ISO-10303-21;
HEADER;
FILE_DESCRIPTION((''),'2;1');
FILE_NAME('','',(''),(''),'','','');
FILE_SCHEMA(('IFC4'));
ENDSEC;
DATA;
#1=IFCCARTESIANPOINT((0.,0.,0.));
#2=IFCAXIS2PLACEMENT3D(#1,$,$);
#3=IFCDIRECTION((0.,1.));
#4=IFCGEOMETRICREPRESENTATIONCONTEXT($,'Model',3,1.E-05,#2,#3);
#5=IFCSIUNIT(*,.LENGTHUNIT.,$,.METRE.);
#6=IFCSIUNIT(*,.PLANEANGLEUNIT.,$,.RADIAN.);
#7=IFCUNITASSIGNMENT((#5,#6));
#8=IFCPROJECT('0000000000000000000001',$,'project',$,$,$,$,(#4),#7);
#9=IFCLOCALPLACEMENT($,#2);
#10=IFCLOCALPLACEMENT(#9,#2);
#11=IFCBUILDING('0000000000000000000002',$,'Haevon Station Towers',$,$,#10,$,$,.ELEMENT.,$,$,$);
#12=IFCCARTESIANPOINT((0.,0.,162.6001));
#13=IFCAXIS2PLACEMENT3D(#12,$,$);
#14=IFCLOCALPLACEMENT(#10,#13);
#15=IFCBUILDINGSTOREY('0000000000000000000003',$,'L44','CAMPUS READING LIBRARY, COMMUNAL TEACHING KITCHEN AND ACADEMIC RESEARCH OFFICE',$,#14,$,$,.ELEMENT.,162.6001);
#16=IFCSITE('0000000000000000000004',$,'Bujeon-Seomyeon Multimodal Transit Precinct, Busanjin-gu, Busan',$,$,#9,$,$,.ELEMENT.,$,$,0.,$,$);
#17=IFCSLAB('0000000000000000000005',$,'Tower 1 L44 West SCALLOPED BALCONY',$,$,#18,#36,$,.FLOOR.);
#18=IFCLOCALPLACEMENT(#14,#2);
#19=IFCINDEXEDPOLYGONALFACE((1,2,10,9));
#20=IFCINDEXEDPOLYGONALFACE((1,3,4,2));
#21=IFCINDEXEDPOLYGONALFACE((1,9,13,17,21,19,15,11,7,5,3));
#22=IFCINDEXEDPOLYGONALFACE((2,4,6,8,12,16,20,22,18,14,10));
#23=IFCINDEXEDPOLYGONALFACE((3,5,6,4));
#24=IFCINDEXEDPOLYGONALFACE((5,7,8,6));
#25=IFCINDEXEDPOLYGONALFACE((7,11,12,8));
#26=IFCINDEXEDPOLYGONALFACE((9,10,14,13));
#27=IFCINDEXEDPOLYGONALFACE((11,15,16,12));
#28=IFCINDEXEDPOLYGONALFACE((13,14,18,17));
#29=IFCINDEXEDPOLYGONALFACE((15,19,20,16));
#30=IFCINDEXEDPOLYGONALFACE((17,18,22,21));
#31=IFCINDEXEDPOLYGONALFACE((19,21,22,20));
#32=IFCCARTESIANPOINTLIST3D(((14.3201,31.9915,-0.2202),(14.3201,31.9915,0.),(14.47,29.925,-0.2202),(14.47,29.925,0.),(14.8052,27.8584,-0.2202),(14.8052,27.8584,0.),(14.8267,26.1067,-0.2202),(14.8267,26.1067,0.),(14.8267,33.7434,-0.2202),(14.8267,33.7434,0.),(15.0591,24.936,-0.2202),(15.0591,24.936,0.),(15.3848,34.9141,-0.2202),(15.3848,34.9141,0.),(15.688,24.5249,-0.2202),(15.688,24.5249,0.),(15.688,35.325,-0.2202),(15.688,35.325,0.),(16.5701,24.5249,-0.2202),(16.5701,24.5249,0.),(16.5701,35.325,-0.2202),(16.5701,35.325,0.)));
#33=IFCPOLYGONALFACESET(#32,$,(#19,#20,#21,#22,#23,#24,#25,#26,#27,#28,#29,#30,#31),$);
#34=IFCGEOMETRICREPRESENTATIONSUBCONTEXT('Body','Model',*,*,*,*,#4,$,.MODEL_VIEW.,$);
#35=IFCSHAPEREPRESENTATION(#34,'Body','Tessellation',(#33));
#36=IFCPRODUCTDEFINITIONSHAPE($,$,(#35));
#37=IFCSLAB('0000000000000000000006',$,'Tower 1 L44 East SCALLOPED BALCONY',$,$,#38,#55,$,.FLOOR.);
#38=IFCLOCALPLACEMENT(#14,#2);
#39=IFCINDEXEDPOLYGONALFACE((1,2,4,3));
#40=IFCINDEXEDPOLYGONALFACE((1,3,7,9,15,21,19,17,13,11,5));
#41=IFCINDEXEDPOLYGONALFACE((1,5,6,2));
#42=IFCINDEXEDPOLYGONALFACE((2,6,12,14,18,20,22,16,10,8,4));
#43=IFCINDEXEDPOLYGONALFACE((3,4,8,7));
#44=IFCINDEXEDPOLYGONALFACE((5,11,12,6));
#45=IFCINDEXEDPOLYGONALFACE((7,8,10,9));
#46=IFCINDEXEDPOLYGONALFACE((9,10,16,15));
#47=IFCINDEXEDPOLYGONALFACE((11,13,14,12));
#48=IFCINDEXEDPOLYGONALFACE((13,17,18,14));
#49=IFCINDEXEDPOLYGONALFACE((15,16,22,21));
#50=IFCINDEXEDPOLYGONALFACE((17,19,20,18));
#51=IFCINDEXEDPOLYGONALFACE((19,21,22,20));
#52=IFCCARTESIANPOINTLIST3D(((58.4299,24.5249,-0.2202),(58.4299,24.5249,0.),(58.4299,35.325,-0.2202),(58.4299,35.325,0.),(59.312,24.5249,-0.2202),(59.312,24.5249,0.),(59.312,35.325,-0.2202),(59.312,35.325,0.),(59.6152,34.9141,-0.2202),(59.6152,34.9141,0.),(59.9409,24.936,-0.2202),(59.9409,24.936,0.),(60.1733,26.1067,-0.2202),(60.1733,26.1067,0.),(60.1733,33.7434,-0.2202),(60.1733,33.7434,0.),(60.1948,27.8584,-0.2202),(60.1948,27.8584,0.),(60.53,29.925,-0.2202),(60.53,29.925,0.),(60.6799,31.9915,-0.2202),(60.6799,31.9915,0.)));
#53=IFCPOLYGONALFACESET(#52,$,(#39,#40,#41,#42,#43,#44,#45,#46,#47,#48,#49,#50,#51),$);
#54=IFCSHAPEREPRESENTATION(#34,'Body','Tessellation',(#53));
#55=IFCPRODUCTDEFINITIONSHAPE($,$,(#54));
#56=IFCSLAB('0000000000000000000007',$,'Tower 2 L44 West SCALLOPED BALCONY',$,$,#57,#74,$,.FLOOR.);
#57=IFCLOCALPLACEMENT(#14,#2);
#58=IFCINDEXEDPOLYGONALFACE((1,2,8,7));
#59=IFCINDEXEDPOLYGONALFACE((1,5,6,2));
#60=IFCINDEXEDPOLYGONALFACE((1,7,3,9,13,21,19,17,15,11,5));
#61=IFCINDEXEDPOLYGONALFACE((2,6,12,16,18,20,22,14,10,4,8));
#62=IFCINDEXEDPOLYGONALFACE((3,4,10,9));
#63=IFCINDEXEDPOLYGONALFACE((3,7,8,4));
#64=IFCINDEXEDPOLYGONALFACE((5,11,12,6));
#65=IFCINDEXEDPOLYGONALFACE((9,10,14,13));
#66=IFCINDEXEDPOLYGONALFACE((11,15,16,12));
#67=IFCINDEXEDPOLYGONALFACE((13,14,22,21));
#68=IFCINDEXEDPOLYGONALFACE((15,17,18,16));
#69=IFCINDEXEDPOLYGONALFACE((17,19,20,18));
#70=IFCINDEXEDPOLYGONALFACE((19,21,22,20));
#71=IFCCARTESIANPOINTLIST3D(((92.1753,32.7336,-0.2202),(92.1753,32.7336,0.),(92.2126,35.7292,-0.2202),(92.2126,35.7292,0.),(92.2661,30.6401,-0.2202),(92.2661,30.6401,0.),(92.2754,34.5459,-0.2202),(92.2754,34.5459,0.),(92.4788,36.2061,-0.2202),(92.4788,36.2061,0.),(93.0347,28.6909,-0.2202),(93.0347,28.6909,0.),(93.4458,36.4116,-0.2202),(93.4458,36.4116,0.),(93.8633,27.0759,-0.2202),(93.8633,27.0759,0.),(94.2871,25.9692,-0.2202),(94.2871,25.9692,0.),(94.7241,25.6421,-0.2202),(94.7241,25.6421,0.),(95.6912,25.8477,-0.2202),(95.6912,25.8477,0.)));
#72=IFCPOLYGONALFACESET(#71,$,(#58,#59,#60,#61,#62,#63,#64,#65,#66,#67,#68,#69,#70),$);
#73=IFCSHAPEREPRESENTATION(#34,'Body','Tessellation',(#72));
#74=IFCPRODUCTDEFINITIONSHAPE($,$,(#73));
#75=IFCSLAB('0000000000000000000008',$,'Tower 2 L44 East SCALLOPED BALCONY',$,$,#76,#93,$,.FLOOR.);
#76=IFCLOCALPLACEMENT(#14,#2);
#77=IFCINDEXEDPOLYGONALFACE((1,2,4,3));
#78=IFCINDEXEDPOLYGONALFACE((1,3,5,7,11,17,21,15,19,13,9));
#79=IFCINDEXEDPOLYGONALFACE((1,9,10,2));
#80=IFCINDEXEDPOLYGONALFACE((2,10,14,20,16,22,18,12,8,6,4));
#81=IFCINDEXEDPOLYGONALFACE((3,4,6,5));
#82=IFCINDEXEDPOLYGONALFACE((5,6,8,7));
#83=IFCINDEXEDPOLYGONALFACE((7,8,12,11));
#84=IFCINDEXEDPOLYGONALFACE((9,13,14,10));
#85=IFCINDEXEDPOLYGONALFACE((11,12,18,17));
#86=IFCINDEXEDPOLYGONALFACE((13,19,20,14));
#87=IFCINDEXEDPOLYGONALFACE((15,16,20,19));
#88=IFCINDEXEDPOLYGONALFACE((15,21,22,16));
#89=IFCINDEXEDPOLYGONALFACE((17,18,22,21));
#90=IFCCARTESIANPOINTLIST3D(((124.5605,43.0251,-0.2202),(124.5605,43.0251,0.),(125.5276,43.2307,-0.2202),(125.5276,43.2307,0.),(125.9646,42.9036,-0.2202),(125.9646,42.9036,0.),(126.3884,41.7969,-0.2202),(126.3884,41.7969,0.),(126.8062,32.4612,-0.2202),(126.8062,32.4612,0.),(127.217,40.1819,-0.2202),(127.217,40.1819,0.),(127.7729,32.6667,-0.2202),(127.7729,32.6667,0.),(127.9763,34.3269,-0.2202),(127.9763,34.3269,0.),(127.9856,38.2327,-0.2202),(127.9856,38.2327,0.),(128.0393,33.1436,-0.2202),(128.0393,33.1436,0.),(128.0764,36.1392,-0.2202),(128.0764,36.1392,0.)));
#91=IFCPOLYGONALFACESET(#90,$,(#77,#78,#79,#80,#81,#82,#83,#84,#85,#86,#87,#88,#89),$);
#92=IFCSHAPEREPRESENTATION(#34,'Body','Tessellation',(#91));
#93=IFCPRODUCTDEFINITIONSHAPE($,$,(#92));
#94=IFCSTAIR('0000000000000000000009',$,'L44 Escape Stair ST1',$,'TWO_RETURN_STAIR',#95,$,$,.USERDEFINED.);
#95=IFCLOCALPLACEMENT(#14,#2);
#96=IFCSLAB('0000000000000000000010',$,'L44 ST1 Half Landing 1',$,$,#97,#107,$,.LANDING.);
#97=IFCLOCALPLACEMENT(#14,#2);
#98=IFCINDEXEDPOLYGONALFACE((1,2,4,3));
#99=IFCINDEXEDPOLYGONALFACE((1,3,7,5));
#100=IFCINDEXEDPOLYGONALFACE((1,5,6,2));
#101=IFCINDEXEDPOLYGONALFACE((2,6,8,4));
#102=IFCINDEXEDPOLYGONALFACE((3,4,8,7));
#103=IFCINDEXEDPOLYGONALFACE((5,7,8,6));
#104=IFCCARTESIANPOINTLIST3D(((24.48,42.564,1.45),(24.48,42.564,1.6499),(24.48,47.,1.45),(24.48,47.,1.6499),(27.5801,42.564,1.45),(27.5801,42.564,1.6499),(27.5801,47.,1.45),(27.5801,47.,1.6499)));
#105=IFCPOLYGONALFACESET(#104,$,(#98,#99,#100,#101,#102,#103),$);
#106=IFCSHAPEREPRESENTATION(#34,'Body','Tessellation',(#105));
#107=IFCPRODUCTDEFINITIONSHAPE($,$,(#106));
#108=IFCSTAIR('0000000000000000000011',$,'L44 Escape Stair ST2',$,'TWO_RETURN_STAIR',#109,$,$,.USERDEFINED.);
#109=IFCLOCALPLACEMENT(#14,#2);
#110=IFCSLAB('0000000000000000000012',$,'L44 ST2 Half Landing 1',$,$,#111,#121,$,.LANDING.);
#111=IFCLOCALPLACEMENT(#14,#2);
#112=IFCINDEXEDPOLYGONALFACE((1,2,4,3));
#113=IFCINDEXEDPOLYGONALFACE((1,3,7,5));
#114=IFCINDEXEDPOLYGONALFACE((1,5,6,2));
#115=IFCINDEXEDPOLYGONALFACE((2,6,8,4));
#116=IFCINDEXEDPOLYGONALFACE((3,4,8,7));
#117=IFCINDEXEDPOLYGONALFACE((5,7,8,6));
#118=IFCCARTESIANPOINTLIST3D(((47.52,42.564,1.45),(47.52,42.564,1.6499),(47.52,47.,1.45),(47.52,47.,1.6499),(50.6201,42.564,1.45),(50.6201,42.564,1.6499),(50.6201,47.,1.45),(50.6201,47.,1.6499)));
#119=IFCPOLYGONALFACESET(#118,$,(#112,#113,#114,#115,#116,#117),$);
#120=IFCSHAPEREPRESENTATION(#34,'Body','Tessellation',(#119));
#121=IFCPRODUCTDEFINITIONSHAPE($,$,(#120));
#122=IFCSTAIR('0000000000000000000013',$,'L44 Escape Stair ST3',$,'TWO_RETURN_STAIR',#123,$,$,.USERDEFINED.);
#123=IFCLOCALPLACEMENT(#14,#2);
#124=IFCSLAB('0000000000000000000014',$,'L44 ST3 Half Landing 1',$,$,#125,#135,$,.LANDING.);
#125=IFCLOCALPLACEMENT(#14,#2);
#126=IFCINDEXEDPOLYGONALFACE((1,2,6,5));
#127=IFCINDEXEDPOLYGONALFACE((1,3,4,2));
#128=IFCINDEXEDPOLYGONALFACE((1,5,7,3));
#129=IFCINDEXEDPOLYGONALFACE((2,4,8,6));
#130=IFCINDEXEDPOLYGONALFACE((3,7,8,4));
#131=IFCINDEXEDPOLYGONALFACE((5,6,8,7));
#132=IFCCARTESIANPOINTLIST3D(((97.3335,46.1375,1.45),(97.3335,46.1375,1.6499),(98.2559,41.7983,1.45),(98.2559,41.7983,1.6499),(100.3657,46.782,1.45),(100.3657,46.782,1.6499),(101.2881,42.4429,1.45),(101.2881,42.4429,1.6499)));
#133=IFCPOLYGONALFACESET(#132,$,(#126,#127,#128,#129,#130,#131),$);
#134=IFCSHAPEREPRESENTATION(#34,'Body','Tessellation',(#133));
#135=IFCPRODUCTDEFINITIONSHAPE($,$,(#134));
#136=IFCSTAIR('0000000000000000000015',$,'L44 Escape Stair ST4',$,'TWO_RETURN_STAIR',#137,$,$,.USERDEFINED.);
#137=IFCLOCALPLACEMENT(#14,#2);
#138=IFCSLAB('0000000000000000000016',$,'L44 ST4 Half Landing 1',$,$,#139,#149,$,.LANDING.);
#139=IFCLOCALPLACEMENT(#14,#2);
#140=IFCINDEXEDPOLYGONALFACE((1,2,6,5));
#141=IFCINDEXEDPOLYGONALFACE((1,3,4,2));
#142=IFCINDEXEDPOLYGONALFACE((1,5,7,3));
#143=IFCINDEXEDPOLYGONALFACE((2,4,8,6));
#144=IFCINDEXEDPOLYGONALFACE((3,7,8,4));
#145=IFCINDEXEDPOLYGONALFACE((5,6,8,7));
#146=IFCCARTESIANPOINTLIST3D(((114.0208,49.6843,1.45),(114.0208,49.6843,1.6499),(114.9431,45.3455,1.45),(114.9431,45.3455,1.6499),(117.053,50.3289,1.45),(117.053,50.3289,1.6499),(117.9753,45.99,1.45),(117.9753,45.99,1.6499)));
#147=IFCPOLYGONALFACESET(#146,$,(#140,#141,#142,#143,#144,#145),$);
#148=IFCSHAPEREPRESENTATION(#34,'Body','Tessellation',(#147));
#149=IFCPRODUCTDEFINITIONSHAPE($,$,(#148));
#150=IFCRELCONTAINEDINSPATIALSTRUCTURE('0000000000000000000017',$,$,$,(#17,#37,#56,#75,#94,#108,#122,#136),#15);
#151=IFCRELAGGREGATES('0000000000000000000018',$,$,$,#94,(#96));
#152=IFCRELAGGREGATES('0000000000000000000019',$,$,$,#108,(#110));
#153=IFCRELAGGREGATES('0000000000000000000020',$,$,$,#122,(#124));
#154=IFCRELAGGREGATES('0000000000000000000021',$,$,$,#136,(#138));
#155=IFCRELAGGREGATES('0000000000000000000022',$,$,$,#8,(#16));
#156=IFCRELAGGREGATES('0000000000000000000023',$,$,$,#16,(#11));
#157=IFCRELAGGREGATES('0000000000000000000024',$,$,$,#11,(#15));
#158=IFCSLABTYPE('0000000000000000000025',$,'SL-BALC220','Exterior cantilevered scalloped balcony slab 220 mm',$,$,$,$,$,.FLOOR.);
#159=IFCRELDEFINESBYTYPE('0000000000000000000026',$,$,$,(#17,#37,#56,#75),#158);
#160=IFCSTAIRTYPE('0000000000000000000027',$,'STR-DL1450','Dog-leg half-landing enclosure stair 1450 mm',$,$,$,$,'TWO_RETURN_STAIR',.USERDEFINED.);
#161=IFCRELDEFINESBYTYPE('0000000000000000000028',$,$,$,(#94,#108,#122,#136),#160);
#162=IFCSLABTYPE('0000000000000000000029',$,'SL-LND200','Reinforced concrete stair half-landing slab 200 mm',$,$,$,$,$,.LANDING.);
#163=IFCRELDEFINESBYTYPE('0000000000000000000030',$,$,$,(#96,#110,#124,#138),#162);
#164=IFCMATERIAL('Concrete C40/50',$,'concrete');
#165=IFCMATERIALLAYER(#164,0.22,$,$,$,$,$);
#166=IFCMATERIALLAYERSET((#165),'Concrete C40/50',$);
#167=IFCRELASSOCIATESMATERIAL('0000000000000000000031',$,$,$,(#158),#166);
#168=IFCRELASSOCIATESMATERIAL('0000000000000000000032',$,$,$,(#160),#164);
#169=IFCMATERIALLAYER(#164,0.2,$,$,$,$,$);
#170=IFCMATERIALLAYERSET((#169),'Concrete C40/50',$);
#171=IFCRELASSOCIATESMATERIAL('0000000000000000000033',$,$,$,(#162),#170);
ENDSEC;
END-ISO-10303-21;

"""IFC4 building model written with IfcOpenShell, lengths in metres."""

from ifc_helpers import new_model, si_unit, direction, frame, origin, place, context, subcontext, project, spatial, polyline, outline, extrude, material, layer, layer_set, type_object, element, aggregate, save


model = new_model("IFC4")

# Units and contexts
model_context = context("Model", 3, precision=1e-05, world=origin(), true_north=direction((0.0, 1.0)))
body_context = subcontext(model_context, "Body", "Model", "MODEL_VIEW")
ifc_project = project(units=[si_unit("LENGTHUNIT", "METRE"), si_unit("PLANEANGLEUNIT", "RADIAN")], contexts=[model_context])

# Site, building, storey
site_placement = place(None, origin())
site = spatial("IfcSite", under=ifc_project, at=site_placement, Name="Bujeon-Seomyeon Multimodal Transit Precinct, Busanjin-gu, Busan", CompositionType="ELEMENT", RefElevation=0.0)
building_placement = place(site_placement, origin())
building = spatial("IfcBuilding", under=site, at=building_placement, Name="Haevon Station Towers", CompositionType="ELEMENT")
storey_placement = place(building_placement, frame((0.0, 0.0, 162.6001)))
storey = spatial("IfcBuildingStorey", under=building, at=storey_placement, Name="L44", Description="CAMPUS READING LIBRARY, COMMUNAL TEACHING KITCHEN AND ACADEMIC RESEARCH OFFICE", CompositionType="ELEMENT", Elevation=162.6001)

# Slabs
ifc_material_1 = material(Name="Concrete C40/50", Category="concrete")
ifc_layer_1 = layer(ifc_material_1, 0.22)
ifc_layer_set_1 = layer_set([ifc_layer_1], Name="Concrete C40/50")
slab_type_1 = type_object("IfcSlabType", Name="SL-BALC220", Description="Exterior cantilevered scalloped balcony slab 220 mm", PredefinedType="FLOOR", material=ifc_layer_set_1)
slab_1_placement = place(storey_placement, frame((0.0, 0.0, -0.2202)))
element("IfcSlab", 1, at=slab_1_placement, inside=storey, type_object=slab_type_1, Name="Tower 1 L44 West SCALLOPED BALCONY", PredefinedType="FLOOR", context=body_context, shape_type="SweptSolid", body=[
    extrude(outline(polyline([(16.5701, 35.325), (15.688, 35.325), (15.3848, 34.9141), (14.8267, 33.7434), (14.3201, 31.9915), (14.47, 29.925), (14.8052, 27.8584), (14.8267, 26.1067), (15.0591, 24.936), (15.688, 24.5249), (16.5701, 24.5249), (16.5701, 35.325)])), origin(), (0.0, 0.0, 1.0), 0.2202),
])
slab_2_placement = place(storey_placement, frame((0.0, 0.0, -0.2202)))
element("IfcSlab", 2, at=slab_2_placement, inside=storey, type_object=slab_type_1, Name="Tower 1 L44 East SCALLOPED BALCONY", PredefinedType="FLOOR", context=body_context, shape_type="SweptSolid", body=[
    extrude(outline(polyline([(58.4299, 24.5249), (59.312, 24.5249), (59.9409, 24.936), (60.1733, 26.1067), (60.1948, 27.8584), (60.53, 29.925), (60.6799, 31.9915), (60.1733, 33.7434), (59.6152, 34.9141), (59.312, 35.325), (58.4299, 35.325), (58.4299, 24.5249)])), origin(), (0.0, 0.0, 1.0), 0.2202),
])
slab_3_placement = place(storey_placement, frame((0.0, 0.0, -0.2202)))
element("IfcSlab", 3, at=slab_3_placement, inside=storey, type_object=slab_type_1, Name="Tower 2 L44 West SCALLOPED BALCONY", PredefinedType="FLOOR", context=body_context, shape_type="SweptSolid", body=[
    extrude(outline(polyline([(93.4458, 36.4116), (92.4788, 36.2061), (92.2126, 35.7292), (92.2754, 34.5459), (92.1753, 32.7336), (92.2661, 30.6401), (93.0347, 28.6909), (93.8633, 27.0759), (94.2871, 25.9692), (94.7241, 25.6421), (95.6912, 25.8477), (93.4458, 36.4116)])), origin(), (0.0, 0.0, 1.0), 0.2202),
])
slab_4_placement = place(storey_placement, frame((0.0, 0.0, -0.2202)))
element("IfcSlab", 4, at=slab_4_placement, inside=storey, type_object=slab_type_1, Name="Tower 2 L44 East SCALLOPED BALCONY", PredefinedType="FLOOR", context=body_context, shape_type="SweptSolid", body=[
    extrude(outline(polyline([(126.8062, 32.4612), (127.7729, 32.6667), (128.0393, 33.1436), (127.9763, 34.3269), (128.0764, 36.1392), (127.9856, 38.2327), (127.217, 40.1819), (126.3884, 41.7969), (125.9646, 42.9036), (125.5276, 43.2307), (124.5605, 43.0251), (126.8062, 32.4612)])), origin(), (0.0, 0.0, 1.0), 0.2202),
])

# Stairs, slabs
stair_type = type_object("IfcStairType", Name="STR-DL1450", Description="Dog-leg half-landing enclosure stair 1450 mm", ElementType="TWO_RETURN_STAIR", PredefinedType="USERDEFINED", material=ifc_material_1)
stair_1_placement = place(storey_placement, origin())
stair_1 = element("IfcStair", 5, at=stair_1_placement, inside=storey, type_object=stair_type, Name="L44 Escape Stair ST1", ObjectType="TWO_RETURN_STAIR", PredefinedType="USERDEFINED")
ifc_layer_2 = layer(ifc_material_1, 0.2)
ifc_layer_set_2 = layer_set([ifc_layer_2], Name="Concrete C40/50")
slab_type_2 = type_object("IfcSlabType", Name="SL-LND200", Description="Reinforced concrete stair half-landing slab 200 mm", PredefinedType="LANDING", material=ifc_layer_set_2)
slab_5_placement = place(storey_placement, frame((0.0, 0.0, 1.45)))
slab_5 = element("IfcSlab", 6, at=slab_5_placement, type_object=slab_type_2, Name="L44 ST1 Half Landing 1", PredefinedType="LANDING", context=body_context, shape_type="SweptSolid", body=[
    extrude(outline(polyline([(27.5801, 42.564), (27.5801, 47.0), (24.48, 47.0), (24.48, 42.564), (27.5801, 42.564)])), origin(), (0.0, 0.0, 1.0), 0.2),
])
aggregate(stair_1, [slab_5])
stair_2_placement = place(storey_placement, origin())
stair_2 = element("IfcStair", 7, at=stair_2_placement, inside=storey, type_object=stair_type, Name="L44 Escape Stair ST2", ObjectType="TWO_RETURN_STAIR", PredefinedType="USERDEFINED")
slab_6_placement = place(storey_placement, frame((0.0, 0.0, 1.45)))
slab_6 = element("IfcSlab", 8, at=slab_6_placement, type_object=slab_type_2, Name="L44 ST2 Half Landing 1", PredefinedType="LANDING", context=body_context, shape_type="SweptSolid", body=[
    extrude(outline(polyline([(50.6201, 42.564), (50.6201, 47.0), (47.52, 47.0), (47.52, 42.564), (50.6201, 42.564)])), origin(), (0.0, 0.0, 1.0), 0.2),
])
aggregate(stair_2, [slab_6])
stair_3_placement = place(storey_placement, origin())
stair_3 = element("IfcStair", 9, at=stair_3_placement, inside=storey, type_object=stair_type, Name="L44 Escape Stair ST3", ObjectType="TWO_RETURN_STAIR", PredefinedType="USERDEFINED")
slab_7_placement = place(storey_placement, frame((0.0, 0.0, 1.45)))
slab_7 = element("IfcSlab", 10, at=slab_7_placement, type_object=slab_type_2, Name="L44 ST3 Half Landing 1", PredefinedType="LANDING", context=body_context, shape_type="SweptSolid", body=[
    extrude(outline(polyline([(101.2881, 42.4429), (100.3657, 46.782), (97.3335, 46.1375), (98.2559, 41.7983), (101.2881, 42.4429)])), origin(), (0.0, 0.0, 1.0), 0.2),
])
aggregate(stair_3, [slab_7])
stair_4_placement = place(storey_placement, origin())
stair_4 = element("IfcStair", 11, at=stair_4_placement, inside=storey, type_object=stair_type, Name="L44 Escape Stair ST4", ObjectType="TWO_RETURN_STAIR", PredefinedType="USERDEFINED")
slab_8_placement = place(storey_placement, frame((0.0, 0.0, 1.45)))
slab_8 = element("IfcSlab", 12, at=slab_8_placement, type_object=slab_type_2, Name="L44 ST4 Half Landing 1", PredefinedType="LANDING", context=body_context, shape_type="SweptSolid", body=[
    extrude(outline(polyline([(117.9753, 45.99), (117.053, 50.3289), (114.0208, 49.6843), (114.9431, 45.3455), (117.9753, 45.99)])), origin(), (0.0, 0.0, 1.0), 0.2),
])
aggregate(stair_4, [slab_8])

save(model, "model.ifc")
